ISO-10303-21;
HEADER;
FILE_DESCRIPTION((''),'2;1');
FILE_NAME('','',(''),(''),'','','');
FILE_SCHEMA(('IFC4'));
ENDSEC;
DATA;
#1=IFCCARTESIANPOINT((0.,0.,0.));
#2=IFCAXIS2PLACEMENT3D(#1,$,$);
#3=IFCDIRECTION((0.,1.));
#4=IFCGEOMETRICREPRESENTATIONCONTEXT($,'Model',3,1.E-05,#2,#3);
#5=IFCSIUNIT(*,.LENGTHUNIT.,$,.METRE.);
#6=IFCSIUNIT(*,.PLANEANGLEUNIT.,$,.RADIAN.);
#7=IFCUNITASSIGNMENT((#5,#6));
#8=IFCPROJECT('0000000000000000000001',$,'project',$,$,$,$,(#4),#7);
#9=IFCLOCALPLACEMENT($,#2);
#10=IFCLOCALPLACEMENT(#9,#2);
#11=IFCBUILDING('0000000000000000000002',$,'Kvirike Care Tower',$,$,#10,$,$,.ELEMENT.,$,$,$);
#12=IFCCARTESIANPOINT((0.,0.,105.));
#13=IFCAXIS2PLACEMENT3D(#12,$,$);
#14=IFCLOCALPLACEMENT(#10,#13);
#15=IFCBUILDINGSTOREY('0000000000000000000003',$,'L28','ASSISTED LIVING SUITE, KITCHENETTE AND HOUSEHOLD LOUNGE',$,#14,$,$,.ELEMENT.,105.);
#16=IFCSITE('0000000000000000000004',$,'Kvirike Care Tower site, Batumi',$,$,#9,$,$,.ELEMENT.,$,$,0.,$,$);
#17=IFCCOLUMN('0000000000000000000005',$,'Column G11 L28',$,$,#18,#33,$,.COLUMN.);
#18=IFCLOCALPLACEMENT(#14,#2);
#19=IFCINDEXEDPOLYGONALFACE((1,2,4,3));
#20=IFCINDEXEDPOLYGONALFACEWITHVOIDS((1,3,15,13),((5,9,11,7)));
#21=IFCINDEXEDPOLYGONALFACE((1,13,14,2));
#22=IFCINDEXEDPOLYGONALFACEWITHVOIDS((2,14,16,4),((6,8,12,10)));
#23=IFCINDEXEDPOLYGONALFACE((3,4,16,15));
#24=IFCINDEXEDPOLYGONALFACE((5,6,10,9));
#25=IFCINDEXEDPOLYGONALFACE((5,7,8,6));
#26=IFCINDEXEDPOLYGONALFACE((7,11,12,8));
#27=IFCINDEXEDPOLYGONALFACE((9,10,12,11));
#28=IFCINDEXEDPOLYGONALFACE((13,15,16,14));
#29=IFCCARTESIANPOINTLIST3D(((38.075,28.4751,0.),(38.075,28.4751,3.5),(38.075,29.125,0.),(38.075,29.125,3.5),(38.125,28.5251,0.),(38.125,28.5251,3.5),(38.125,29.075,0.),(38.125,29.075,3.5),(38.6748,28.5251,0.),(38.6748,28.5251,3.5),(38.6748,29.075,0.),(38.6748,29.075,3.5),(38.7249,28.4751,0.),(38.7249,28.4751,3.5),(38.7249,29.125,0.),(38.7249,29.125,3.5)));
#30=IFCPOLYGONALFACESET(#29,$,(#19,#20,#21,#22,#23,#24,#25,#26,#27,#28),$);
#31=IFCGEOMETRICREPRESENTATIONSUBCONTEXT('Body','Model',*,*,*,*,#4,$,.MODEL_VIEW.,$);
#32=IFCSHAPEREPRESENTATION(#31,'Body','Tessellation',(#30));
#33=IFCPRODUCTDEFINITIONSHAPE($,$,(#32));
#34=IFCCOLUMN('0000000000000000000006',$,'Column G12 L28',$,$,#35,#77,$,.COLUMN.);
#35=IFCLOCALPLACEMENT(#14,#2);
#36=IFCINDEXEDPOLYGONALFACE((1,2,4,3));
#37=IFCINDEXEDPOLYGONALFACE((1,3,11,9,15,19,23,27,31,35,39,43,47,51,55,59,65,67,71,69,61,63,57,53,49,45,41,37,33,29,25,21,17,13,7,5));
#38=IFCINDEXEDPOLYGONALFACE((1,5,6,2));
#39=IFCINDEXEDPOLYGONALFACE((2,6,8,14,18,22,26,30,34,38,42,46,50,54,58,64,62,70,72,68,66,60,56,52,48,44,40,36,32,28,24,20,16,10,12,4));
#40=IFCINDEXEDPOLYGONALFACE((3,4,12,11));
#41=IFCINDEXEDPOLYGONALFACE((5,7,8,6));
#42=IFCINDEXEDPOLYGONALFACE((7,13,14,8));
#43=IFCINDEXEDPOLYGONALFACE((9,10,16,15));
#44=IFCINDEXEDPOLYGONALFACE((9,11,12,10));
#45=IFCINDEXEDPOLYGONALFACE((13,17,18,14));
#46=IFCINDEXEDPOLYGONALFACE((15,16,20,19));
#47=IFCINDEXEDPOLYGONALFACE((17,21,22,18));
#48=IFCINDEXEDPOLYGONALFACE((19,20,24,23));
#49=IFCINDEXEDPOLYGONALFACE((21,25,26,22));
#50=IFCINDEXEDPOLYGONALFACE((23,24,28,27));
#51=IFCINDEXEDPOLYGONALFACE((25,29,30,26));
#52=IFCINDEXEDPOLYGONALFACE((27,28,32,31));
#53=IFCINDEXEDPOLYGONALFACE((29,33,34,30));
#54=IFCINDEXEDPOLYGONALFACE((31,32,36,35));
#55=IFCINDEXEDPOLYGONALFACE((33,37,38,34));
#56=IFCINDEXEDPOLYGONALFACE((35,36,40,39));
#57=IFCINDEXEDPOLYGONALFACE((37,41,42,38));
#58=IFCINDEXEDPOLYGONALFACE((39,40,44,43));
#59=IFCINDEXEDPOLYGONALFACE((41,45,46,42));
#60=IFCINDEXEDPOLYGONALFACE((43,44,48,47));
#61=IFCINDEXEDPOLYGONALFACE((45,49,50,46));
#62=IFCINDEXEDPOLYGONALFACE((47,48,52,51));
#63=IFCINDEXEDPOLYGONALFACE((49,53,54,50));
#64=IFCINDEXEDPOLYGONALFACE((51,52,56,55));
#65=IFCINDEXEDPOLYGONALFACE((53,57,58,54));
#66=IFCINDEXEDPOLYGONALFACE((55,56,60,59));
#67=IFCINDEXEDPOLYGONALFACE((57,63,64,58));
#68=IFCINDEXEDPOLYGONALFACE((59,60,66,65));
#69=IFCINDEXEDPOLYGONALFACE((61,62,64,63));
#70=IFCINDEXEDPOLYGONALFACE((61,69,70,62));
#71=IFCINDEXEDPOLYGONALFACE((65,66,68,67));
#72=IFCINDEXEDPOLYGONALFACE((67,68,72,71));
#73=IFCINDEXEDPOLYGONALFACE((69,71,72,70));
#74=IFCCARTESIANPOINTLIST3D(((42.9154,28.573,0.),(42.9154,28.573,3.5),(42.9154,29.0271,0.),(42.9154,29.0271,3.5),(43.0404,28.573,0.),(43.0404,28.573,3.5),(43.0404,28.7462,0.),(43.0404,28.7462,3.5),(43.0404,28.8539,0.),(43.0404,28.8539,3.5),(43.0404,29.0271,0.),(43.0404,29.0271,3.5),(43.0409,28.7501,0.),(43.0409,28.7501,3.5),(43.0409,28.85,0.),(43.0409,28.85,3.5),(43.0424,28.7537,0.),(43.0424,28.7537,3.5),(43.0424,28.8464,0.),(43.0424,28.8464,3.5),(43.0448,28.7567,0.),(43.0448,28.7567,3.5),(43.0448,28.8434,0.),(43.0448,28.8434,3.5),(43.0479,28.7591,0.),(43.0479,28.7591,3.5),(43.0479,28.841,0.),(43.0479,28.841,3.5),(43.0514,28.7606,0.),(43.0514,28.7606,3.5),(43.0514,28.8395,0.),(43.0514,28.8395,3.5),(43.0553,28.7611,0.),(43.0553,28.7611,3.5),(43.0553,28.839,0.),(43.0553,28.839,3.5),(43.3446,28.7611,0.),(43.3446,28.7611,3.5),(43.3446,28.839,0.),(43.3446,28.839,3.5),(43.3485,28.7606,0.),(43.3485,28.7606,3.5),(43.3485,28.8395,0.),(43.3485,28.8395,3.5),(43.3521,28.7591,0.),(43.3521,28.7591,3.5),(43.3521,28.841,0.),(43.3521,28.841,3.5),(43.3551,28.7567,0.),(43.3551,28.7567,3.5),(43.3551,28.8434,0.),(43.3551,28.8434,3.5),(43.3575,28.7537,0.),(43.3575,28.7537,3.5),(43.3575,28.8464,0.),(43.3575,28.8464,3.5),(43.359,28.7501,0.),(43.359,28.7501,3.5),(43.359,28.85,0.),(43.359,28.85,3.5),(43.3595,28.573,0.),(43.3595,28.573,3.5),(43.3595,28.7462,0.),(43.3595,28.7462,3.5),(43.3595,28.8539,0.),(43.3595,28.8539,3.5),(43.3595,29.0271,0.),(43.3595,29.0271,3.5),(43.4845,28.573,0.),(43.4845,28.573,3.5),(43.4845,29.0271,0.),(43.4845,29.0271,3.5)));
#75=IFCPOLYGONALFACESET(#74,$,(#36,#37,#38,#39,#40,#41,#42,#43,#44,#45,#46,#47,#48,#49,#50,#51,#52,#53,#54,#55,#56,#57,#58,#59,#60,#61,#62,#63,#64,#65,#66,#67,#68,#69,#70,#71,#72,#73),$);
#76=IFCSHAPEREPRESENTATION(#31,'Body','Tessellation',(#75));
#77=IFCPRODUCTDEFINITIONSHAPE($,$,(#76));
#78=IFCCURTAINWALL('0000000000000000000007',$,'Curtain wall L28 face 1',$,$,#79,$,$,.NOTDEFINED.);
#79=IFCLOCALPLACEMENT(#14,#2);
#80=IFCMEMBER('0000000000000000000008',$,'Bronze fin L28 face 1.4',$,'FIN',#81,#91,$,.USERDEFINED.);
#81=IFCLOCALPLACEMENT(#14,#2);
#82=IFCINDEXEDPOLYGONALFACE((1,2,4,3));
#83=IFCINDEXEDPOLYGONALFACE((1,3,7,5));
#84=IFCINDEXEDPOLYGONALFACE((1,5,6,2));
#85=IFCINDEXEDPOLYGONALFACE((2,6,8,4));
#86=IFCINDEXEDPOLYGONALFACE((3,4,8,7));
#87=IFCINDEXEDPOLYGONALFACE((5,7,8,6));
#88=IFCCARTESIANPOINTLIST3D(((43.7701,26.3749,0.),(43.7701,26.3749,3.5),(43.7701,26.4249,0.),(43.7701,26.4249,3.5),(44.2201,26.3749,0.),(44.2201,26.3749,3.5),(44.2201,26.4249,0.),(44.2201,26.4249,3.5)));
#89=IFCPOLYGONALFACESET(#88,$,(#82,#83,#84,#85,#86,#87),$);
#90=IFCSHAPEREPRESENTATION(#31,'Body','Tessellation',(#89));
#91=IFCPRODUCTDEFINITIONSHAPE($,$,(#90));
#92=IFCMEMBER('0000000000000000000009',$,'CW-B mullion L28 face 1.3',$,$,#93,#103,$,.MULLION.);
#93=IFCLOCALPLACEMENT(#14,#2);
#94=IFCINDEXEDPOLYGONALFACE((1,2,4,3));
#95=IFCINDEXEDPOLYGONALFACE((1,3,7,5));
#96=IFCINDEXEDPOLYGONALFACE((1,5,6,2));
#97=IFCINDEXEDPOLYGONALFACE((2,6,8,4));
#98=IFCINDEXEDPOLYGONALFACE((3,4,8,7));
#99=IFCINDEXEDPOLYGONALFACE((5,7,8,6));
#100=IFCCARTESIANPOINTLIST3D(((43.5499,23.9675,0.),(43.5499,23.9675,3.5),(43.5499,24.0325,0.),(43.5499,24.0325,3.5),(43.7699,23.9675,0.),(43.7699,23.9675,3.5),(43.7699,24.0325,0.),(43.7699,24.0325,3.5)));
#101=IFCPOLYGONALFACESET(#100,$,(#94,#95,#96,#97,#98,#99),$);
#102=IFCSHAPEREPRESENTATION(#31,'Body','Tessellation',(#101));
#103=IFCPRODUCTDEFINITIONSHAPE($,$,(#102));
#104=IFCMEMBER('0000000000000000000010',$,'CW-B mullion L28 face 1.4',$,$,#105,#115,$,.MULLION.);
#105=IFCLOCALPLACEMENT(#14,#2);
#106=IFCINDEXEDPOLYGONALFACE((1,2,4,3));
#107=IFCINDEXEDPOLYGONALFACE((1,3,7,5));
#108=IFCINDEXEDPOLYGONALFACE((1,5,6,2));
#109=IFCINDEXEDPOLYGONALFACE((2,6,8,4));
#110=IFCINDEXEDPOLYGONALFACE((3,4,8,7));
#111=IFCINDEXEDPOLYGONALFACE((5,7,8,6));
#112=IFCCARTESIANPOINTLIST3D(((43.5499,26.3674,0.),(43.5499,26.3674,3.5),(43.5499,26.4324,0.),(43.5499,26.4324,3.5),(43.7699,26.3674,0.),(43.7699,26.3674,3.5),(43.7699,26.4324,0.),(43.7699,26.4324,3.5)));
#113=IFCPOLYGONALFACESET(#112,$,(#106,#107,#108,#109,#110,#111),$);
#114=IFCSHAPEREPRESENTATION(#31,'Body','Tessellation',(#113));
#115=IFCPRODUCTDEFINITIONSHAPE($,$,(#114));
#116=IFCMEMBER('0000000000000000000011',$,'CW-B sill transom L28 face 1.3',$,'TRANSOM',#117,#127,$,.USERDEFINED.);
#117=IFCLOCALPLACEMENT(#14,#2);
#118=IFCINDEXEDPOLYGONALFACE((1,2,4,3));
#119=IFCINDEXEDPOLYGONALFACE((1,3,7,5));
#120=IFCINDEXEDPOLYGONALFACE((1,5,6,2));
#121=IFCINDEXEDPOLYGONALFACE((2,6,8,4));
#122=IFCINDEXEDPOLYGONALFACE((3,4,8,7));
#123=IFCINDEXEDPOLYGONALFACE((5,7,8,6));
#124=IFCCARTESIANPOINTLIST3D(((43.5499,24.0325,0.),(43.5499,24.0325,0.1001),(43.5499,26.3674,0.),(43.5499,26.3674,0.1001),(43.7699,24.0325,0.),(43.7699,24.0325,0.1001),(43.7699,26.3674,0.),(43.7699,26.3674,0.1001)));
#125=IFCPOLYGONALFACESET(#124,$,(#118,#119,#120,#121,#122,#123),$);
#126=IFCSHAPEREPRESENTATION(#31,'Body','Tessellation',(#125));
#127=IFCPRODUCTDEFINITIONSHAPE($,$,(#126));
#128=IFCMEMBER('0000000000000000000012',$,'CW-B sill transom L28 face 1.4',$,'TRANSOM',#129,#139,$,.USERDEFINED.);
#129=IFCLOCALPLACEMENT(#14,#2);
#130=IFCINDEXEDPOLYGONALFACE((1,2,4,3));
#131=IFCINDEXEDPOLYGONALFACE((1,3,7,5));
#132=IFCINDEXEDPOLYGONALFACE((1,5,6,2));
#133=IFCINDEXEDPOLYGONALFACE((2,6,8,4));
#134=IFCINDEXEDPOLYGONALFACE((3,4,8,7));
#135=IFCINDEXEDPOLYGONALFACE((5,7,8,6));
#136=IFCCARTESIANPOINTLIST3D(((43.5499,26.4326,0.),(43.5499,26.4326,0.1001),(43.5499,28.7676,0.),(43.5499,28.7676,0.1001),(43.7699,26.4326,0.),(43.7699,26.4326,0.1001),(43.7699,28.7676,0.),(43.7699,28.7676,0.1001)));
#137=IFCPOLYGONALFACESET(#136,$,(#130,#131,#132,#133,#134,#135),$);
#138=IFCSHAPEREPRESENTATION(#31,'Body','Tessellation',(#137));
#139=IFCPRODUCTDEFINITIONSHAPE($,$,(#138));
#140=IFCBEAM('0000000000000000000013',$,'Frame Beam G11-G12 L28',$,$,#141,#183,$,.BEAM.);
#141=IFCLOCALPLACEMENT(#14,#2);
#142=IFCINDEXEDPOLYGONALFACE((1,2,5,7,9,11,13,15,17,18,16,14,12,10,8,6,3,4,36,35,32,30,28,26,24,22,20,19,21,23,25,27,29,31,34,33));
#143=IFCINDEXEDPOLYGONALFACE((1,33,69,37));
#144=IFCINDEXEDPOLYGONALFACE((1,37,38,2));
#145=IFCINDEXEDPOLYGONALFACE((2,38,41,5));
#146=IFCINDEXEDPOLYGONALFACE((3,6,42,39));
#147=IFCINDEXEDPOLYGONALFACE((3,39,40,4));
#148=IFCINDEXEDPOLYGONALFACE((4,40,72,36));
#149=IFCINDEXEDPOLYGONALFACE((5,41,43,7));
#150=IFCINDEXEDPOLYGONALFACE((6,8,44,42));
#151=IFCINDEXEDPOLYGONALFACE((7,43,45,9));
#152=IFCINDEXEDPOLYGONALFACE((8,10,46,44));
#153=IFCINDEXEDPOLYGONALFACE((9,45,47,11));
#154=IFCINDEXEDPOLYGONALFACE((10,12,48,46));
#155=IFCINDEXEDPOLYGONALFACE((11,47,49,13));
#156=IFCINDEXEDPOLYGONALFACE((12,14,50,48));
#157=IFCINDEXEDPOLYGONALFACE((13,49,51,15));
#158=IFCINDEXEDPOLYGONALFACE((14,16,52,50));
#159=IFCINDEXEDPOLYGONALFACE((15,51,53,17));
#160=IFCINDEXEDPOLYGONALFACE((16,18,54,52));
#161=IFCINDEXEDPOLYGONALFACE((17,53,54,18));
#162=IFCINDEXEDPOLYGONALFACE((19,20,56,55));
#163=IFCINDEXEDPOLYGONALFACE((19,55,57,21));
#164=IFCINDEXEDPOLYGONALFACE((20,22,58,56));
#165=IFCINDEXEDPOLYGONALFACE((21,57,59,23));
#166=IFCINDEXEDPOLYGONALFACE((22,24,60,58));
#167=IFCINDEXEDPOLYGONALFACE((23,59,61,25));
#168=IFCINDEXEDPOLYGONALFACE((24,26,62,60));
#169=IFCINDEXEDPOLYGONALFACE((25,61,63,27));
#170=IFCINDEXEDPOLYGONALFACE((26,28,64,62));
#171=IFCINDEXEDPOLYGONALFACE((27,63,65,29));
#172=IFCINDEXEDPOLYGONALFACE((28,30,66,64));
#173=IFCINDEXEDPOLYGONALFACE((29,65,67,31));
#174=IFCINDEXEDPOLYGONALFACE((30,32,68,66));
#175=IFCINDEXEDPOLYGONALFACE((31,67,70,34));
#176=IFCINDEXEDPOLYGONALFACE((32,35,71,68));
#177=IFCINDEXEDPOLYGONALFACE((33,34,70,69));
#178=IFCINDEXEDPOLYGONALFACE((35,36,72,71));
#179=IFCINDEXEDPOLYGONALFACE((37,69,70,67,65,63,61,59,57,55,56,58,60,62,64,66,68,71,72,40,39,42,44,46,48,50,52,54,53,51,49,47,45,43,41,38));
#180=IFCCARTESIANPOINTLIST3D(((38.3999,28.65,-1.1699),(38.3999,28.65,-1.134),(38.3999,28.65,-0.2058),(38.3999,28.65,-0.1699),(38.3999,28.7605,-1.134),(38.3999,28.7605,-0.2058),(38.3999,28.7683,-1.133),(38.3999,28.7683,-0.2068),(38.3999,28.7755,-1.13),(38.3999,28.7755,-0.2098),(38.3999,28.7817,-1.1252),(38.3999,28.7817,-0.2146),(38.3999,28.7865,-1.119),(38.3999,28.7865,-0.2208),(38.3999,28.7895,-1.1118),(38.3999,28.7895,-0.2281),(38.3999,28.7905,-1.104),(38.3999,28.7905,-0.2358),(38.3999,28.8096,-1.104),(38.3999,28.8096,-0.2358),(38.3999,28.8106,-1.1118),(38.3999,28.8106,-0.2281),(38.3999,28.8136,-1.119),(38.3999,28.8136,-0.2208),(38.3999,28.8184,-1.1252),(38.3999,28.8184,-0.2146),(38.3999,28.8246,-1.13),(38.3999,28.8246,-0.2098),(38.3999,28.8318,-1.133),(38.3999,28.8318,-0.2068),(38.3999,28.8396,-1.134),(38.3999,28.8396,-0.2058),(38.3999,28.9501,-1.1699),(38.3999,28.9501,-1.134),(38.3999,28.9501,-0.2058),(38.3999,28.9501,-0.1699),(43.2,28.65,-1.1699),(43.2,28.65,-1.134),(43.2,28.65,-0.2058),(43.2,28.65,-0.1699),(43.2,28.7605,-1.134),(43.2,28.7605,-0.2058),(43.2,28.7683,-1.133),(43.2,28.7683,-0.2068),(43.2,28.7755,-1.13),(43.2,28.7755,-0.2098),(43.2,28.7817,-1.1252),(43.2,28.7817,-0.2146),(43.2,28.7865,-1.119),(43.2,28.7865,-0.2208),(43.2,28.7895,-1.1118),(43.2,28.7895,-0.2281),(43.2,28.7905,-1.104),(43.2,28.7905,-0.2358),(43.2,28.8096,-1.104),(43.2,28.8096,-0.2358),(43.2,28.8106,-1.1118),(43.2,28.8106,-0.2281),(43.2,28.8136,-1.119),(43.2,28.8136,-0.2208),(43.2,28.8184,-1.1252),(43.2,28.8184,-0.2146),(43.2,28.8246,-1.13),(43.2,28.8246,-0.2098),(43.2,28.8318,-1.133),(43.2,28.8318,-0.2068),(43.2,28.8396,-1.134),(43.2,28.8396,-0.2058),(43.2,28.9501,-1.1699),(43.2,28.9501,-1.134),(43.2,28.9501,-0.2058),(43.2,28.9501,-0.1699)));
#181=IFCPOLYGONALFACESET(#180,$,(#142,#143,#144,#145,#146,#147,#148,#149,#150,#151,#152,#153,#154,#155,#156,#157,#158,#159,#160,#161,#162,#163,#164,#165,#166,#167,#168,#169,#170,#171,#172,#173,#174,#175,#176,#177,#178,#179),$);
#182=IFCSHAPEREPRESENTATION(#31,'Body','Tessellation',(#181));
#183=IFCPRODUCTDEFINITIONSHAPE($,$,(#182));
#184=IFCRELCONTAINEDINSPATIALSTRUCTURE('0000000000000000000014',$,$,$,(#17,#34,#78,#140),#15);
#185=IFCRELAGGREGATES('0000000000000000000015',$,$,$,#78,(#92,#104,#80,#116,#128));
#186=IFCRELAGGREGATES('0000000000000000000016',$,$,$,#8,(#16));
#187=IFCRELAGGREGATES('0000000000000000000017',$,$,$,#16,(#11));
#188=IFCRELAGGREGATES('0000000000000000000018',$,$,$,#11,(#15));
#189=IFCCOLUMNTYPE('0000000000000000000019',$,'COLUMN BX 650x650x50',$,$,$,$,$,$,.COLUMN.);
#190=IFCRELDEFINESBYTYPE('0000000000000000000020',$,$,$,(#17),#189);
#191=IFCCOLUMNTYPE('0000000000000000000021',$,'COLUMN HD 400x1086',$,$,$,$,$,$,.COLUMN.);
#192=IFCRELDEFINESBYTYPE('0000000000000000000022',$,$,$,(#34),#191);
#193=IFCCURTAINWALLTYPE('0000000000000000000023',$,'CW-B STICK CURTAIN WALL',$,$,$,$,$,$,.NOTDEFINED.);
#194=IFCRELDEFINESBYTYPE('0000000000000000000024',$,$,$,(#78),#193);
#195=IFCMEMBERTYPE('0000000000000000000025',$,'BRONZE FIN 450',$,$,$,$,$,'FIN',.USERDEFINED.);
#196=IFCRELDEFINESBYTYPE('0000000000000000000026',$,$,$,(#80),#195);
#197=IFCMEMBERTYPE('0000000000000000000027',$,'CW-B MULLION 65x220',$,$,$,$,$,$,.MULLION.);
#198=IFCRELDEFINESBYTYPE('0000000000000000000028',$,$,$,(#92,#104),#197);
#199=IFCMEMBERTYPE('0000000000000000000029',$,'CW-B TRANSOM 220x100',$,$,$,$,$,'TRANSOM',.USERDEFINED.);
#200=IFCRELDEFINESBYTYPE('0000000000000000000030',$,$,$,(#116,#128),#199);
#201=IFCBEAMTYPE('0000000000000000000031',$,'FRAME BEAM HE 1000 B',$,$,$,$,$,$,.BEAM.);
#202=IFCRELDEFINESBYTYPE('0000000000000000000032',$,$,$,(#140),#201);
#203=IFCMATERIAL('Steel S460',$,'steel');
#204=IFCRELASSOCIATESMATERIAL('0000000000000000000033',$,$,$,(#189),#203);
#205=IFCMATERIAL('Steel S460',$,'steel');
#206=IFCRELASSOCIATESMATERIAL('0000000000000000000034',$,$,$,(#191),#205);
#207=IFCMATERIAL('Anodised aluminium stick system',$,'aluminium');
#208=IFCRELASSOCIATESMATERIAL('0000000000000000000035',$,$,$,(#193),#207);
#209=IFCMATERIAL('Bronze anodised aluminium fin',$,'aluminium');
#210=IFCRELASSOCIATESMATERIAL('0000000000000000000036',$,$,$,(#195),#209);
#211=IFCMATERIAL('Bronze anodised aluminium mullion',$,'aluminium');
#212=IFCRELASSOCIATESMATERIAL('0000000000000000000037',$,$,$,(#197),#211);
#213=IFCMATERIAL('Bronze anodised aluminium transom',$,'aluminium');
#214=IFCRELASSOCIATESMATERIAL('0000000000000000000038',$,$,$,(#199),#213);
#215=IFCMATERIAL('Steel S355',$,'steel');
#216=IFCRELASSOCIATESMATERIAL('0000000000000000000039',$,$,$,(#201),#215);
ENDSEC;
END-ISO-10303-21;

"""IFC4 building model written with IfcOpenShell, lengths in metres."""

from ifc_helpers import new_model, si_unit, direction, frame, origin, origin_2d, place, context, subcontext, project, spatial, rectangle, hollow_rectangle, i_section, extrude, material, material_profile, profile_set, type_object, element, aggregate, save


model = new_model("IFC4")

# Units and contexts
model_context = context("Model", 3, precision=1e-05, world=origin(), true_north=direction((0.0, 1.0)))
body_context = subcontext(model_context, "Body", "Model", "MODEL_VIEW")
ifc_project = project(units=[si_unit("LENGTHUNIT", "METRE"), si_unit("PLANEANGLEUNIT", "RADIAN")], contexts=[model_context])

# Site, building, storey
site_placement = place(None, origin())
site = spatial("IfcSite", under=ifc_project, at=site_placement, Name="Kvirike Care Tower site, Batumi", CompositionType="ELEMENT", RefElevation=0.0)
building_placement = place(site_placement, origin())
building = spatial("IfcBuilding", under=site, at=building_placement, Name="Kvirike Care Tower", CompositionType="ELEMENT")
storey_placement = place(building_placement, frame((0.0, 0.0, 105.0)))
storey = spatial("IfcBuildingStorey", under=building, at=storey_placement, Name="L28", Description="ASSISTED LIVING SUITE, KITCHENETTE AND HOUSEHOLD LOUNGE", CompositionType="ELEMENT", Elevation=105.0)

# Columns
ifc_material_1 = material(Name="Steel S460", Category="steel")
ifc_material_profile_1 = material_profile(ifc_material_1, hollow_rectangle(XDim=0.6499, YDim=0.6499, WallThickness=0.05, at=origin_2d()), Name="BX 650x650x50")
ifc_profile_set_1 = profile_set([ifc_material_profile_1], Name="Steel S460")
column_type_1 = type_object("IfcColumnType", Name="COLUMN BX 650x650x50", PredefinedType="COLUMN", material=ifc_profile_set_1)
column_1_placement = place(storey_placement, frame((38.3999, 28.8, 0.0), z_axis=(0.0, 0.0, 1.0), x_axis=(0.0, 1.0, 0.0)))
element("IfcColumn", 1, at=column_1_placement, inside=storey, type_object=column_type_1, Name="Column G11 L28", PredefinedType="COLUMN", context=body_context, shape_type="SweptSolid", body=[
    extrude(hollow_rectangle(XDim=0.6499, YDim=0.6499, WallThickness=0.05, at=origin_2d()), origin(), (0.0, 0.0, 1.0), 3.5),
])
ifc_material_2 = material(Name="Steel S460", Category="steel")
ifc_material_profile_2 = material_profile(ifc_material_2, i_section(OverallWidth=0.4541, OverallDepth=0.5691, WebThickness=0.0779, FlangeThickness=0.125, FilletRadius=0.0149, at=origin_2d()), Name="HD 400x1086")
ifc_profile_set_2 = profile_set([ifc_material_profile_2], Name="Steel S460")
column_type_2 = type_object("IfcColumnType", Name="COLUMN HD 400x1086", PredefinedType="COLUMN", material=ifc_profile_set_2)
column_2_placement = place(storey_placement, frame((43.2, 28.8, 0.0), z_axis=(0.0, 0.0, 1.0), x_axis=(0.0, 1.0, 0.0)))
element("IfcColumn", 2, at=column_2_placement, inside=storey, type_object=column_type_2, Name="Column G12 L28", PredefinedType="COLUMN", context=body_context, shape_type="SweptSolid", body=[
    extrude(i_section(OverallWidth=0.4541, OverallDepth=0.5691, WebThickness=0.0779, FlangeThickness=0.125, FilletRadius=0.0149, at=origin_2d()), origin(), (0.0, 0.0, 1.0), 3.5),
])

# Curtain wall, members
ifc_material_3 = material(Name="Anodised aluminium stick system", Category="aluminium")
curtain_wall_type = type_object("IfcCurtainWallType", Name="CW-B STICK CURTAIN WALL", PredefinedType="NOTDEFINED", material=ifc_material_3)
curtain_wall_placement = place(storey_placement, origin())
curtain_wall = element("IfcCurtainWall", 3, at=curtain_wall_placement, inside=storey, type_object=curtain_wall_type, Name="Curtain wall L28 face 1", PredefinedType="NOTDEFINED")
ifc_material_4 = material(Name="Bronze anodised aluminium fin", Category="aluminium")
ifc_material_profile_3 = material_profile(ifc_material_4, rectangle(XDim=0.05, YDim=0.45, at=origin_2d()), Name="BRONZE FIN 450")
ifc_profile_set_3 = profile_set([ifc_material_profile_3], Name="Bronze anodised aluminium fin")
member_type_1 = type_object("IfcMemberType", Name="BRONZE FIN 450", ElementType="FIN", PredefinedType="USERDEFINED", material=ifc_profile_set_3)
member_1_placement = place(storey_placement, frame((43.9951, 26.3999, 0.0), z_axis=(0.0, 0.0, 1.0), x_axis=(0.0, 1.0, 0.0)))
member_1 = element("IfcMember", 4, at=member_1_placement, type_object=member_type_1, Name="Bronze fin L28 face 1.4", ObjectType="FIN", PredefinedType="USERDEFINED", context=body_context, shape_type="SweptSolid", body=[
    extrude(rectangle(XDim=0.05, YDim=0.45, at=origin_2d()), origin(), (0.0, 0.0, 1.0), 3.5),
])
ifc_material_5 = material(Name="Bronze anodised aluminium mullion", Category="aluminium")
ifc_material_profile_4 = material_profile(ifc_material_5, rectangle(XDim=0.0649, YDim=0.22, at=origin_2d()), Name="CW-B MULLION 65x220")
ifc_profile_set_4 = profile_set([ifc_material_profile_4], Name="Bronze anodised aluminium mullion")
member_type_2 = type_object("IfcMemberType", Name="CW-B MULLION 65x220", PredefinedType="MULLION", material=ifc_profile_set_4)
member_2_placement = place(storey_placement, frame((43.6599, 24.0, 0.0), z_axis=(0.0, 0.0, 1.0), x_axis=(0.0, 1.0, 0.0)))
member_2 = element("IfcMember", 5, at=member_2_placement, type_object=member_type_2, Name="CW-B mullion L28 face 1.3", PredefinedType="MULLION", context=body_context, shape_type="SweptSolid", body=[
    extrude(rectangle(XDim=0.0649, YDim=0.22, at=origin_2d()), origin(), (0.0, 0.0, 1.0), 3.5),
])
member_3_placement = place(storey_placement, frame((43.6599, 26.3999, 0.0), z_axis=(0.0, 0.0, 1.0), x_axis=(0.0, 1.0, 0.0)))
member_3 = element("IfcMember", 6, at=member_3_placement, type_object=member_type_2, Name="CW-B mullion L28 face 1.4", PredefinedType="MULLION", context=body_context, shape_type="SweptSolid", body=[
    extrude(rectangle(XDim=0.0649, YDim=0.22, at=origin_2d()), origin(), (0.0, 0.0, 1.0), 3.5),
])
ifc_material_6 = material(Name="Bronze anodised aluminium transom", Category="aluminium")
ifc_material_profile_5 = material_profile(ifc_material_6, rectangle(XDim=0.22, YDim=0.1001, at=origin_2d()), Name="CW-B TRANSOM 220x100")
ifc_profile_set_5 = profile_set([ifc_material_profile_5], Name="Bronze anodised aluminium transom")
member_type_3 = type_object("IfcMemberType", Name="CW-B TRANSOM 220x100", ElementType="TRANSOM", PredefinedType="USERDEFINED", material=ifc_profile_set_5)
member_4_placement = place(storey_placement, frame((43.6599, 24.0325, 0.05), z_axis=(0.0, 1.0, 0.0), x_axis=(-1.0, 0.0, 0.0)))
member_4 = element("IfcMember", 7, at=member_4_placement, type_object=member_type_3, Name="CW-B sill transom L28 face 1.3", ObjectType="TRANSOM", PredefinedType="USERDEFINED", context=body_context, shape_type="SweptSolid", body=[
    extrude(rectangle(XDim=0.22, YDim=0.1001, at=origin_2d()), origin(), (0.0, 0.0, 1.0), 2.335),
])
member_5_placement = place(storey_placement, frame((43.6599, 26.4326, 0.05), z_axis=(0.0, 1.0, 0.0), x_axis=(-1.0, 0.0, 0.0)))
member_5 = element("IfcMember", 8, at=member_5_placement, type_object=member_type_3, Name="CW-B sill transom L28 face 1.4", ObjectType="TRANSOM", PredefinedType="USERDEFINED", context=body_context, shape_type="SweptSolid", body=[
    extrude(rectangle(XDim=0.22, YDim=0.1001, at=origin_2d()), origin(), (0.0, 0.0, 1.0), 2.335),
])

# Beam
ifc_material_7 = material(Name="Steel S355", Category="steel")
ifc_material_profile_6 = material_profile(ifc_material_7, i_section(OverallWidth=0.3, OverallDepth=1.0, WebThickness=0.019, FlangeThickness=0.0359, FilletRadius=0.03, at=origin_2d()), Name="HE 1000 B")
ifc_profile_set_6 = profile_set([ifc_material_profile_6], Name="Steel S355")
beam_type_1 = type_object("IfcBeamType", Name="FRAME BEAM HE 1000 B", PredefinedType="BEAM", material=ifc_profile_set_6)
beam_1_placement = place(storey_placement, frame((38.3999, 28.8, -0.6699), z_axis=(1.0, 0.0, 0.0), x_axis=(0.0, 1.0, 0.0)))
element("IfcBeam", 9, at=beam_1_placement, inside=storey, type_object=beam_type_1, Name="Frame Beam G11-G12 L28", PredefinedType="BEAM", context=body_context, shape_type="SweptSolid", body=[
    extrude(i_section(OverallWidth=0.3, OverallDepth=1.0, WebThickness=0.019, FlangeThickness=0.0359, FilletRadius=0.03, at=origin_2d()), origin(), (0.0, 0.0, 1.0), 4.8),
])

aggregate(curtain_wall, [member_2, member_3, member_1, member_4, member_5])

save(model, "model.ifc")
